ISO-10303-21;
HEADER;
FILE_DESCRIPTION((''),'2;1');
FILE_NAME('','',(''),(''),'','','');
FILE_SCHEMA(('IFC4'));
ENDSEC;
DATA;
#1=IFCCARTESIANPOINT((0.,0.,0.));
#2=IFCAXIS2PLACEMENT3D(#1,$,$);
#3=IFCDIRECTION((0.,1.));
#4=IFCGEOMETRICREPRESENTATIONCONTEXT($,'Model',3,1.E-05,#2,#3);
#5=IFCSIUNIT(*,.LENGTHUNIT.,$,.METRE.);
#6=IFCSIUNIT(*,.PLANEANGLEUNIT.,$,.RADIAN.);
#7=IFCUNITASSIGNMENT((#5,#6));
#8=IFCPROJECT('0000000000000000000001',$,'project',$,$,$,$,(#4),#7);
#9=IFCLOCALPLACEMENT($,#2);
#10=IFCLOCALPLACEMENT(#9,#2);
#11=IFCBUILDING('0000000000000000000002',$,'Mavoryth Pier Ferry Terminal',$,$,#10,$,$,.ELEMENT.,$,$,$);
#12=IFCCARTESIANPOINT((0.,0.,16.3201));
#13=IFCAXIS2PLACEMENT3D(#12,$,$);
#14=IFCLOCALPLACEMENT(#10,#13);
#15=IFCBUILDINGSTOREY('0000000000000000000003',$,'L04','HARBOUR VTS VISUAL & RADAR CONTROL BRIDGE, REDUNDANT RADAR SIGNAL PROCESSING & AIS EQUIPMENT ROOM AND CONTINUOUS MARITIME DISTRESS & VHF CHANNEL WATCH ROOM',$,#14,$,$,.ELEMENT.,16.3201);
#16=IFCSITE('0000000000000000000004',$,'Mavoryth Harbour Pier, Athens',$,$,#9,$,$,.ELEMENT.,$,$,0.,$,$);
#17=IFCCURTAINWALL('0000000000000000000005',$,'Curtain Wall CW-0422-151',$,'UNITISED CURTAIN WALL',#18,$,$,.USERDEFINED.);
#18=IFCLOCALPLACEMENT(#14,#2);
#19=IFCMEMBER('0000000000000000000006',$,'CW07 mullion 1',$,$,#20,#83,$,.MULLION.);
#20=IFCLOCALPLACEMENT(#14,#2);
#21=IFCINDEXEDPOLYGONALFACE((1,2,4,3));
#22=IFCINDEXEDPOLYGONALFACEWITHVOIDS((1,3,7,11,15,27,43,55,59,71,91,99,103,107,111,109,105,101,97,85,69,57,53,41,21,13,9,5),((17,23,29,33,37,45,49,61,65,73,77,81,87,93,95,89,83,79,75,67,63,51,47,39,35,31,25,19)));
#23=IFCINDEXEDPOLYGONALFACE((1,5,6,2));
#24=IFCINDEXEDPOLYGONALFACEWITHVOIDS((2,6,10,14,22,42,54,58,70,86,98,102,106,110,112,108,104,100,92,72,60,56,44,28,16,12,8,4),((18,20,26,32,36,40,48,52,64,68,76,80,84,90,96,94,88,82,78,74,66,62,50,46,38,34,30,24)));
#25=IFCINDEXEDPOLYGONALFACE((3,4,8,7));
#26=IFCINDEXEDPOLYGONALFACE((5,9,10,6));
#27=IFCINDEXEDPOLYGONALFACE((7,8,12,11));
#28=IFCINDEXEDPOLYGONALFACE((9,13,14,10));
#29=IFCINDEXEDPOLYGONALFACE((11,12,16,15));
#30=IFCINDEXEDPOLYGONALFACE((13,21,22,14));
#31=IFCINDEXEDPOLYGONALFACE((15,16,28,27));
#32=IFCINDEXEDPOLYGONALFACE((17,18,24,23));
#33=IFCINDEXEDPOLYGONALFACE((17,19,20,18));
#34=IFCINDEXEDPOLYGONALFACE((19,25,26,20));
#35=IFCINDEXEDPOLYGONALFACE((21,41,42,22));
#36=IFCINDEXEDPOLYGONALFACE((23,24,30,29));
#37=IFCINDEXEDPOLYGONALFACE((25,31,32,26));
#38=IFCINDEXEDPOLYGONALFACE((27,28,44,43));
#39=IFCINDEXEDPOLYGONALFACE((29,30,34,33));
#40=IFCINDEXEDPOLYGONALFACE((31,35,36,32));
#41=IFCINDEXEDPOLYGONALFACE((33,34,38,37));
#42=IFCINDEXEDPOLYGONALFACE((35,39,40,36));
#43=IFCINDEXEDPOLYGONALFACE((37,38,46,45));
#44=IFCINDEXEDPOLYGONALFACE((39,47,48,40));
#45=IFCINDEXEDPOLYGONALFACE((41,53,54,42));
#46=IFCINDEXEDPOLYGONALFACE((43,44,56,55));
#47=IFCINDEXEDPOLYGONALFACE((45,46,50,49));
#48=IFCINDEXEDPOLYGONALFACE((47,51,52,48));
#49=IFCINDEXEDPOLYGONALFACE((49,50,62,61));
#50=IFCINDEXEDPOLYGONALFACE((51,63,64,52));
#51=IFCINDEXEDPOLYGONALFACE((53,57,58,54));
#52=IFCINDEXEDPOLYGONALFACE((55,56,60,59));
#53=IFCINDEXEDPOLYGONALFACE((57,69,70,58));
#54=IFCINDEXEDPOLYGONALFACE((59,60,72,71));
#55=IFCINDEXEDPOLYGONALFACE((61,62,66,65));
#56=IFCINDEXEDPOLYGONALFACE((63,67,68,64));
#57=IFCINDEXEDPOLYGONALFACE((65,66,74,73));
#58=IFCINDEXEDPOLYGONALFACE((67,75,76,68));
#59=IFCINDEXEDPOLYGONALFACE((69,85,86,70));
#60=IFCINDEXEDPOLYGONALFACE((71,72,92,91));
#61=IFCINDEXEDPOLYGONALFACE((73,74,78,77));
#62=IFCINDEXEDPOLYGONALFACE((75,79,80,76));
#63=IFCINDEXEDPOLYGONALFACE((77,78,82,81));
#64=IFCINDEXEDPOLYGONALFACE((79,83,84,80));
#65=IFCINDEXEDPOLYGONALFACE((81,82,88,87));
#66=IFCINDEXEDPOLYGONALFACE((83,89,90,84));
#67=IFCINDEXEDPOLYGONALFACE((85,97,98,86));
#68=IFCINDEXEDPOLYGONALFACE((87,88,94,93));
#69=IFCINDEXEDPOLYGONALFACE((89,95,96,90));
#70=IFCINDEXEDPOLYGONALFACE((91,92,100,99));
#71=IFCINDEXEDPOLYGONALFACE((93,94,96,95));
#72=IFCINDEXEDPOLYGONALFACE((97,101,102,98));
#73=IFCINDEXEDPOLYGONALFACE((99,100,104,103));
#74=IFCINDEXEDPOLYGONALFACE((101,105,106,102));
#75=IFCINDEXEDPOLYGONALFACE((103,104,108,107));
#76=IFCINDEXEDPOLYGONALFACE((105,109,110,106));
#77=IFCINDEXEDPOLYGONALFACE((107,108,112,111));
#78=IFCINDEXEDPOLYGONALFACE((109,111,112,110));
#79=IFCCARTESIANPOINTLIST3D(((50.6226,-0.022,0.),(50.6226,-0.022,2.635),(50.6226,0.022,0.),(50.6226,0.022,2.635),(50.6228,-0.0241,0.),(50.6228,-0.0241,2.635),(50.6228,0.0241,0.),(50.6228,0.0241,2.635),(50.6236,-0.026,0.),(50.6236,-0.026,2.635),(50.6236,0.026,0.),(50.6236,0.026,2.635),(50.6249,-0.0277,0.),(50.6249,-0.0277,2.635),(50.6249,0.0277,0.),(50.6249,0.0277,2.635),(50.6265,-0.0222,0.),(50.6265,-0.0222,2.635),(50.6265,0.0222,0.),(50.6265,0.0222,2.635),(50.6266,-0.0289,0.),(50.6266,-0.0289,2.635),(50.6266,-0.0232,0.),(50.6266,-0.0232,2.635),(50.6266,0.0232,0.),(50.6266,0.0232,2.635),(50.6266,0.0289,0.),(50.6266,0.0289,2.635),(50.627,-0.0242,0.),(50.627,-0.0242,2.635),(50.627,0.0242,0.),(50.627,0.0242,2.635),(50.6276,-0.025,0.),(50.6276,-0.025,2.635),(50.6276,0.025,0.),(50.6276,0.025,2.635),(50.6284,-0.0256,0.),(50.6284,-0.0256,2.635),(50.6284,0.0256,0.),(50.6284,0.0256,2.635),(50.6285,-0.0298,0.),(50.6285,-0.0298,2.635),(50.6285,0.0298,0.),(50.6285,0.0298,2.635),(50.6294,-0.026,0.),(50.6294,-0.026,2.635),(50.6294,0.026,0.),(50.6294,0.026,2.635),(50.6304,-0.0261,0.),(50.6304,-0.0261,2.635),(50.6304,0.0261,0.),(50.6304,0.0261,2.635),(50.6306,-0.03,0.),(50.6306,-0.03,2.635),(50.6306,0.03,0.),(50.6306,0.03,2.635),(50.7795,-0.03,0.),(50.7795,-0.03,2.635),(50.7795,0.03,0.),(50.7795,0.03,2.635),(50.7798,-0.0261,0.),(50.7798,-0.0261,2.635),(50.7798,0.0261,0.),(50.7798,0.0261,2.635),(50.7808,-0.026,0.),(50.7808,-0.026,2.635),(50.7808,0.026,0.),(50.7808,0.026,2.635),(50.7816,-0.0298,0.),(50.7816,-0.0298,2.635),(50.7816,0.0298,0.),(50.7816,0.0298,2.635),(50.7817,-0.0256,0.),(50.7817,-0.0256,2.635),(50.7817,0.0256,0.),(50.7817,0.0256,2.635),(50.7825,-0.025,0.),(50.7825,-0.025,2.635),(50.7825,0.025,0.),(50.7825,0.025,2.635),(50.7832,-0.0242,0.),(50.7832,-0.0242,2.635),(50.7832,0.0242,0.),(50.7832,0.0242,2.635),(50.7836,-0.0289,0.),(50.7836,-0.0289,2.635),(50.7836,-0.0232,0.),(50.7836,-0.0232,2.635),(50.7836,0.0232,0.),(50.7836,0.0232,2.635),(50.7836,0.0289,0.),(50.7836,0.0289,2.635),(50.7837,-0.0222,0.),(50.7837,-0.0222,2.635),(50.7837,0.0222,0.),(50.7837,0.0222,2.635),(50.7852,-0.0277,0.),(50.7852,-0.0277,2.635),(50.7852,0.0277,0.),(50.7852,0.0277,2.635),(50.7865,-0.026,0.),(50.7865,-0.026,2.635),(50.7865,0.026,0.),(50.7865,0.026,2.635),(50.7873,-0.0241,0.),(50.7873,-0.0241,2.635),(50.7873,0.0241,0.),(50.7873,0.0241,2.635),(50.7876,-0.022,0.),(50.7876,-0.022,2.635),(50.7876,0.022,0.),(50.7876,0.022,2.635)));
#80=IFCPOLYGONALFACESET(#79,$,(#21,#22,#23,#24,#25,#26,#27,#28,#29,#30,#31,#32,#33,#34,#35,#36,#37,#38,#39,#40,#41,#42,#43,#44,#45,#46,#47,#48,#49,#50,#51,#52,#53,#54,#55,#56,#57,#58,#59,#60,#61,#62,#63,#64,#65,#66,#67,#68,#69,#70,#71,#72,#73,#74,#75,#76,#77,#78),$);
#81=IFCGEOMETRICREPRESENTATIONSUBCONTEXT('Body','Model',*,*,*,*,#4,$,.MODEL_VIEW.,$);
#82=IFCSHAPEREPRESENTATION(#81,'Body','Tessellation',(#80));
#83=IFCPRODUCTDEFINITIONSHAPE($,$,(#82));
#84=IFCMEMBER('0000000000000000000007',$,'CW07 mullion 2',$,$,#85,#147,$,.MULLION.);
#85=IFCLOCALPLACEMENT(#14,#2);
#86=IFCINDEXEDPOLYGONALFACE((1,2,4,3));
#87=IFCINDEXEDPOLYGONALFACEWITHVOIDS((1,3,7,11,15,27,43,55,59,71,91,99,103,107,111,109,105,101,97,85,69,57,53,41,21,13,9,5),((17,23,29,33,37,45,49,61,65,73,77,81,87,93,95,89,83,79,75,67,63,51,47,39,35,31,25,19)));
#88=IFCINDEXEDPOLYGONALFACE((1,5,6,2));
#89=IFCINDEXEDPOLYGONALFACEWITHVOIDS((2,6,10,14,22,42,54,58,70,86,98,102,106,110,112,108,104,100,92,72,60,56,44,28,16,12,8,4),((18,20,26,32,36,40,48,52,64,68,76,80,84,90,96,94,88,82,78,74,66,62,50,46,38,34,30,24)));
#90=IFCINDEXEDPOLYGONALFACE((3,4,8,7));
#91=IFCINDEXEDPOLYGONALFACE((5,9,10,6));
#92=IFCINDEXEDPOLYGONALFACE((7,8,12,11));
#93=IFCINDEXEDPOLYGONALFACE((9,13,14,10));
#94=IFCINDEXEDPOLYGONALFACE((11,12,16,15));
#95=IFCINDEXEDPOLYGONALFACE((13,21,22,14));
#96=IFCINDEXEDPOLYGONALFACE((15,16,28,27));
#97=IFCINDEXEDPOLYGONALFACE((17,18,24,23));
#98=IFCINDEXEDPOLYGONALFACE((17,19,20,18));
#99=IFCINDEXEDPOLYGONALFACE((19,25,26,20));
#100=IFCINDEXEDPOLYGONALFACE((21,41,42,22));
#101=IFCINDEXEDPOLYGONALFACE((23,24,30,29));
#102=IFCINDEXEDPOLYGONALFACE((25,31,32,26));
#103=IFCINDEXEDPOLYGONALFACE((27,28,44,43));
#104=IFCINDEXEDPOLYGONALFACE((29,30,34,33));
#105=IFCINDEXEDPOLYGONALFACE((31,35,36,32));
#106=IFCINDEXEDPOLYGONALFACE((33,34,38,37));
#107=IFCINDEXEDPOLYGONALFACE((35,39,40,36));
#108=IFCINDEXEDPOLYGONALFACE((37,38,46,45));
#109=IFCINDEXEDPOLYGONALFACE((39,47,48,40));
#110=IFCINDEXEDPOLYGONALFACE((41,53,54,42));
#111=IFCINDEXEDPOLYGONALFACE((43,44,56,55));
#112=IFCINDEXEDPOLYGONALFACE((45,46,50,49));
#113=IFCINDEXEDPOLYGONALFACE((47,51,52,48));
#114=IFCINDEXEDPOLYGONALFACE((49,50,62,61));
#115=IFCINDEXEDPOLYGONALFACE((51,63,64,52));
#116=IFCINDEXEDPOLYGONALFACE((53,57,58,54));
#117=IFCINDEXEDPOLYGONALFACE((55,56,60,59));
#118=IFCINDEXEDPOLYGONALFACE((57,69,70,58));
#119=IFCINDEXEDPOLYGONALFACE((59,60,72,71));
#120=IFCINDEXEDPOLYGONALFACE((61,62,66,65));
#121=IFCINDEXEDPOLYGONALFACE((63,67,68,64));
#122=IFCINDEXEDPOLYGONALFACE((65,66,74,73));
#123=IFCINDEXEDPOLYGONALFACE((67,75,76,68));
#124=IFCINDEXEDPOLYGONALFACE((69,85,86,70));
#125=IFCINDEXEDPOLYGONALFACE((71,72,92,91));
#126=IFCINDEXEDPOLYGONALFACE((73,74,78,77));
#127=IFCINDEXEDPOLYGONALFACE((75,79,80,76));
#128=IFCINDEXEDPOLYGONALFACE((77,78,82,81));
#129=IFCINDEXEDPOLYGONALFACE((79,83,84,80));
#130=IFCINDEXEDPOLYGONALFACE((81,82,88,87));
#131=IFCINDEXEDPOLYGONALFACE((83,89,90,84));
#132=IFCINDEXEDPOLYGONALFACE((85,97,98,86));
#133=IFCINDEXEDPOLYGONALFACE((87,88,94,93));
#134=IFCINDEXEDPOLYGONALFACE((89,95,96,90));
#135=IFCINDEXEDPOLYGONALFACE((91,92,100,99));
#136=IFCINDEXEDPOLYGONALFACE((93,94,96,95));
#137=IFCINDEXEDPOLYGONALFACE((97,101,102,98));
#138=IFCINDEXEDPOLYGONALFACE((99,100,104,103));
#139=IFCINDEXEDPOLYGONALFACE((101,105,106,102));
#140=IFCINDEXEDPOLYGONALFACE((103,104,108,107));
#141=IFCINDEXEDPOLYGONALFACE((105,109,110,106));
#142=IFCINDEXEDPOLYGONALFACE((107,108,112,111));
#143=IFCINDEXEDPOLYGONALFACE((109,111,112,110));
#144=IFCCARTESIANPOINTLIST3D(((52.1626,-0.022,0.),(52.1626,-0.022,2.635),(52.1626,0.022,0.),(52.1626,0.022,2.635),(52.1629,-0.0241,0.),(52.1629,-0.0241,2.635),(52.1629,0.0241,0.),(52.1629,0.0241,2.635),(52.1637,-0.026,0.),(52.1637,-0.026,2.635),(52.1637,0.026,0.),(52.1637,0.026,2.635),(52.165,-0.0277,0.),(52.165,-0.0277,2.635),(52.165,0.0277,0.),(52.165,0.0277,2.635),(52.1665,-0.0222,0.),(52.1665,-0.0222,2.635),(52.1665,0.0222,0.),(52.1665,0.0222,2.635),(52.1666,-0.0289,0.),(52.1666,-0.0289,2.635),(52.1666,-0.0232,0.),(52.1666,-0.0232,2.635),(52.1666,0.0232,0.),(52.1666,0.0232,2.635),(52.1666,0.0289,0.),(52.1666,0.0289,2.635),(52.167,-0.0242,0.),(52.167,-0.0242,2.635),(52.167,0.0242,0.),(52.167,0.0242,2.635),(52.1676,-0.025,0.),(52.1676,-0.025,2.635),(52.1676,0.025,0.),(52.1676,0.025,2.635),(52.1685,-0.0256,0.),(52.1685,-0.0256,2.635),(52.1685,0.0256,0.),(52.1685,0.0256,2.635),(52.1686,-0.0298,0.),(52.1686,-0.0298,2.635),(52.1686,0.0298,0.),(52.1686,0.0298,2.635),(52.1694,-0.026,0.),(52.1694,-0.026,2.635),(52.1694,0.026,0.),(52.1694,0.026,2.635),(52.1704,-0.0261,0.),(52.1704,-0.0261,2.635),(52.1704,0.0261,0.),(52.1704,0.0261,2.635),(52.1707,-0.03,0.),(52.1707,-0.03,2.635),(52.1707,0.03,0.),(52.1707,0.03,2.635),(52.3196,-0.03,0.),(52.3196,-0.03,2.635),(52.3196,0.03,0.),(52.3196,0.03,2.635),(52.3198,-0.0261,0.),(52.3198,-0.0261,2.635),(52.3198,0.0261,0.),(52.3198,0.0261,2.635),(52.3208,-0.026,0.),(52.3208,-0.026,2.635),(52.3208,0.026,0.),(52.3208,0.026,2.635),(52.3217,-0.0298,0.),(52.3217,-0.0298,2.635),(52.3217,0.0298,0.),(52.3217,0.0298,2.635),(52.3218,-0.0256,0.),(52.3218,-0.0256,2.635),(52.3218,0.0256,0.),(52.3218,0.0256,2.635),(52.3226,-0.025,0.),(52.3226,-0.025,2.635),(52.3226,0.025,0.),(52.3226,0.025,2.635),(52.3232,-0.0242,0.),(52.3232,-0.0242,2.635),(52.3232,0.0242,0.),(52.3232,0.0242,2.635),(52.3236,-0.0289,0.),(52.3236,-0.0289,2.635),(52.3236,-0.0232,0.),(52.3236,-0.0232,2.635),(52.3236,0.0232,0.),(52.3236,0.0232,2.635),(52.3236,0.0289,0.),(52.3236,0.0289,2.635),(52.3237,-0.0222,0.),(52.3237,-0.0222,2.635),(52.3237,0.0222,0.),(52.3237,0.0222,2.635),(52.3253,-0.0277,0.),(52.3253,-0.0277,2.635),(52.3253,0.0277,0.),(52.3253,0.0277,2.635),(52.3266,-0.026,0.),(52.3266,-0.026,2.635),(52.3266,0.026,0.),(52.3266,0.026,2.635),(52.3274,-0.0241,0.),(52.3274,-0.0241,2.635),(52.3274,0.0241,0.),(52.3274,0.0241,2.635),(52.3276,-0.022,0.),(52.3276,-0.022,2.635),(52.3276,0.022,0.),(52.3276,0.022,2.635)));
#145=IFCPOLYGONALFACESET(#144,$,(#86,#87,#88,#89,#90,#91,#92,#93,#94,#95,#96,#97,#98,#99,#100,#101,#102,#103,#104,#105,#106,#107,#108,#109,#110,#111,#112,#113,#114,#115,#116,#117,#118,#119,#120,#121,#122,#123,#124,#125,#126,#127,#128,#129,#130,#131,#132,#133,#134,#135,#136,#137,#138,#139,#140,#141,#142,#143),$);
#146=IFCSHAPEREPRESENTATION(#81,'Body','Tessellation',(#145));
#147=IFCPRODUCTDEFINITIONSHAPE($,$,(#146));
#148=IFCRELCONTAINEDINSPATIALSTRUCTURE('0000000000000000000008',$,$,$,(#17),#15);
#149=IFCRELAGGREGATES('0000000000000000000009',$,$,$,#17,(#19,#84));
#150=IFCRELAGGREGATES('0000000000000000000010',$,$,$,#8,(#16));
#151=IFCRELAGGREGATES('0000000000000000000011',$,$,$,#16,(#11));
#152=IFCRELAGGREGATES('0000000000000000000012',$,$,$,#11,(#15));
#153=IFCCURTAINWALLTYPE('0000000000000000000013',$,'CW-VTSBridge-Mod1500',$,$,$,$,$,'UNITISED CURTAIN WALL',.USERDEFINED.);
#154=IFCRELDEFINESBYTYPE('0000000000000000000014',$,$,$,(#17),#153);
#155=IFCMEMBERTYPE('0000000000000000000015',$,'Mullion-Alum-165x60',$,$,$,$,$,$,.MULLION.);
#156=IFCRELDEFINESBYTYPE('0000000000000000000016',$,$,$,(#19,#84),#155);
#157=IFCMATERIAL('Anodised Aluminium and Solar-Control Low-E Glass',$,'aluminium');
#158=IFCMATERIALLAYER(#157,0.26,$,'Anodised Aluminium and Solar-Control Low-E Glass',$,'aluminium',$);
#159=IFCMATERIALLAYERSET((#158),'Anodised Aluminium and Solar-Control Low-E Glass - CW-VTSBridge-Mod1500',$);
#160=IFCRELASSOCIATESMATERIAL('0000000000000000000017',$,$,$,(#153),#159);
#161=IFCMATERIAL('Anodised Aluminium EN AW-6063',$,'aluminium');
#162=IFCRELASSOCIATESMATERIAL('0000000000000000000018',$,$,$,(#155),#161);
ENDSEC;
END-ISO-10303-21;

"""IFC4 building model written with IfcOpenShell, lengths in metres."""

from ifc_helpers import new_model, si_unit, direction, frame, origin, origin_2d, place, context, subcontext, project, spatial, hollow_rectangle, extrude, material, layer, layer_set, material_profile, profile_set, type_object, element, aggregate, save


model = new_model("IFC4")

# Units and contexts
model_context = context("Model", 3, precision=1e-05, world=origin(), true_north=direction((0.0, 1.0)))
body_context = subcontext(model_context, "Body", "Model", "MODEL_VIEW")
ifc_project = project(units=[si_unit("LENGTHUNIT", "METRE"), si_unit("PLANEANGLEUNIT", "RADIAN")], contexts=[model_context])

# Site, building, storey
site_placement = place(None, origin())
site = spatial("IfcSite", under=ifc_project, at=site_placement, Name="Mavoryth Harbour Pier, Athens", CompositionType="ELEMENT", RefElevation=0.0)
building_placement = place(site_placement, origin())
building = spatial("IfcBuilding", under=site, at=building_placement, Name="Mavoryth Pier Ferry Terminal", CompositionType="ELEMENT")
storey_placement = place(building_placement, frame((0.0, 0.0, 16.3201)))
storey = spatial("IfcBuildingStorey", under=building, at=storey_placement, Name="L04", Description="HARBOUR VTS VISUAL & RADAR CONTROL BRIDGE, REDUNDANT RADAR SIGNAL PROCESSING & AIS EQUIPMENT ROOM AND CONTINUOUS MARITIME DISTRESS & VHF CHANNEL WATCH ROOM", CompositionType="ELEMENT", Elevation=16.3201)

# Curtain wall, members
ifc_material_1 = material(Name="Anodised Aluminium and Solar-Control Low-E Glass", Category="aluminium")
ifc_layer_1 = layer(ifc_material_1, 0.26, Name="Anodised Aluminium and Solar-Control Low-E Glass", Category="aluminium")
ifc_layer_set_1 = layer_set([ifc_layer_1], Name="Anodised Aluminium and Solar-Control Low-E Glass - CW-VTSBridge-Mod1500")
curtain_wall_type = type_object("IfcCurtainWallType", Name="CW-VTSBridge-Mod1500", ElementType="UNITISED CURTAIN WALL", PredefinedType="USERDEFINED", material=ifc_layer_set_1)
curtain_wall_placement = place(storey_placement, origin())
curtain_wall = element("IfcCurtainWall", 1, at=curtain_wall_placement, inside=storey, type_object=curtain_wall_type, Name="Curtain Wall CW-0422-151", ObjectType="UNITISED CURTAIN WALL", PredefinedType="USERDEFINED")
ifc_material_2 = material(Name="Anodised Aluminium EN AW-6063", Category="aluminium")
ifc_material_profile_1 = material_profile(ifc_material_2, hollow_rectangle(XDim=0.0601, YDim=0.165, WallThickness=0.0039, InnerFilletRadius=0.0039, OuterFilletRadius=0.0081, at=origin_2d()), Name="AL-MULL 165x60x4", Category="aluminium")
ifc_profile_set_1 = profile_set([ifc_material_profile_1], Name="Anodised Aluminium EN AW-6063 - AL-MULL 165x60x4")
member_type_1 = type_object("IfcMemberType", Name="Mullion-Alum-165x60", PredefinedType="MULLION", material=ifc_profile_set_1)
member_1_placement = place(storey_placement, frame((50.7051, 0.0, 0.0), z_axis=(0.0, 0.0, 1.0), x_axis=(0.0, 1.0, 0.0)))
member_1 = element("IfcMember", 2, at=member_1_placement, type_object=member_type_1, Name="CW07 mullion 1", PredefinedType="MULLION", context=body_context, shape_type="SweptSolid", body=[
    extrude(hollow_rectangle(XDim=0.0601, YDim=0.165, WallThickness=0.0039, InnerFilletRadius=0.0039, OuterFilletRadius=0.0081, at=origin_2d()), origin(), (0.0, 0.0, 1.0), 2.635),
])
member_2_placement = place(storey_placement, frame((52.2451, 0.0, 0.0), z_axis=(0.0, 0.0, 1.0), x_axis=(0.0, 1.0, 0.0)))
member_2 = element("IfcMember", 3, at=member_2_placement, type_object=member_type_1, Name="CW07 mullion 2", PredefinedType="MULLION", context=body_context, shape_type="SweptSolid", body=[
    extrude(hollow_rectangle(XDim=0.0601, YDim=0.165, WallThickness=0.0039, InnerFilletRadius=0.0039, OuterFilletRadius=0.0081, at=origin_2d()), origin(), (0.0, 0.0, 1.0), 2.635),
])

aggregate(curtain_wall, [member_1, member_2])

save(model, "model.ifc")
